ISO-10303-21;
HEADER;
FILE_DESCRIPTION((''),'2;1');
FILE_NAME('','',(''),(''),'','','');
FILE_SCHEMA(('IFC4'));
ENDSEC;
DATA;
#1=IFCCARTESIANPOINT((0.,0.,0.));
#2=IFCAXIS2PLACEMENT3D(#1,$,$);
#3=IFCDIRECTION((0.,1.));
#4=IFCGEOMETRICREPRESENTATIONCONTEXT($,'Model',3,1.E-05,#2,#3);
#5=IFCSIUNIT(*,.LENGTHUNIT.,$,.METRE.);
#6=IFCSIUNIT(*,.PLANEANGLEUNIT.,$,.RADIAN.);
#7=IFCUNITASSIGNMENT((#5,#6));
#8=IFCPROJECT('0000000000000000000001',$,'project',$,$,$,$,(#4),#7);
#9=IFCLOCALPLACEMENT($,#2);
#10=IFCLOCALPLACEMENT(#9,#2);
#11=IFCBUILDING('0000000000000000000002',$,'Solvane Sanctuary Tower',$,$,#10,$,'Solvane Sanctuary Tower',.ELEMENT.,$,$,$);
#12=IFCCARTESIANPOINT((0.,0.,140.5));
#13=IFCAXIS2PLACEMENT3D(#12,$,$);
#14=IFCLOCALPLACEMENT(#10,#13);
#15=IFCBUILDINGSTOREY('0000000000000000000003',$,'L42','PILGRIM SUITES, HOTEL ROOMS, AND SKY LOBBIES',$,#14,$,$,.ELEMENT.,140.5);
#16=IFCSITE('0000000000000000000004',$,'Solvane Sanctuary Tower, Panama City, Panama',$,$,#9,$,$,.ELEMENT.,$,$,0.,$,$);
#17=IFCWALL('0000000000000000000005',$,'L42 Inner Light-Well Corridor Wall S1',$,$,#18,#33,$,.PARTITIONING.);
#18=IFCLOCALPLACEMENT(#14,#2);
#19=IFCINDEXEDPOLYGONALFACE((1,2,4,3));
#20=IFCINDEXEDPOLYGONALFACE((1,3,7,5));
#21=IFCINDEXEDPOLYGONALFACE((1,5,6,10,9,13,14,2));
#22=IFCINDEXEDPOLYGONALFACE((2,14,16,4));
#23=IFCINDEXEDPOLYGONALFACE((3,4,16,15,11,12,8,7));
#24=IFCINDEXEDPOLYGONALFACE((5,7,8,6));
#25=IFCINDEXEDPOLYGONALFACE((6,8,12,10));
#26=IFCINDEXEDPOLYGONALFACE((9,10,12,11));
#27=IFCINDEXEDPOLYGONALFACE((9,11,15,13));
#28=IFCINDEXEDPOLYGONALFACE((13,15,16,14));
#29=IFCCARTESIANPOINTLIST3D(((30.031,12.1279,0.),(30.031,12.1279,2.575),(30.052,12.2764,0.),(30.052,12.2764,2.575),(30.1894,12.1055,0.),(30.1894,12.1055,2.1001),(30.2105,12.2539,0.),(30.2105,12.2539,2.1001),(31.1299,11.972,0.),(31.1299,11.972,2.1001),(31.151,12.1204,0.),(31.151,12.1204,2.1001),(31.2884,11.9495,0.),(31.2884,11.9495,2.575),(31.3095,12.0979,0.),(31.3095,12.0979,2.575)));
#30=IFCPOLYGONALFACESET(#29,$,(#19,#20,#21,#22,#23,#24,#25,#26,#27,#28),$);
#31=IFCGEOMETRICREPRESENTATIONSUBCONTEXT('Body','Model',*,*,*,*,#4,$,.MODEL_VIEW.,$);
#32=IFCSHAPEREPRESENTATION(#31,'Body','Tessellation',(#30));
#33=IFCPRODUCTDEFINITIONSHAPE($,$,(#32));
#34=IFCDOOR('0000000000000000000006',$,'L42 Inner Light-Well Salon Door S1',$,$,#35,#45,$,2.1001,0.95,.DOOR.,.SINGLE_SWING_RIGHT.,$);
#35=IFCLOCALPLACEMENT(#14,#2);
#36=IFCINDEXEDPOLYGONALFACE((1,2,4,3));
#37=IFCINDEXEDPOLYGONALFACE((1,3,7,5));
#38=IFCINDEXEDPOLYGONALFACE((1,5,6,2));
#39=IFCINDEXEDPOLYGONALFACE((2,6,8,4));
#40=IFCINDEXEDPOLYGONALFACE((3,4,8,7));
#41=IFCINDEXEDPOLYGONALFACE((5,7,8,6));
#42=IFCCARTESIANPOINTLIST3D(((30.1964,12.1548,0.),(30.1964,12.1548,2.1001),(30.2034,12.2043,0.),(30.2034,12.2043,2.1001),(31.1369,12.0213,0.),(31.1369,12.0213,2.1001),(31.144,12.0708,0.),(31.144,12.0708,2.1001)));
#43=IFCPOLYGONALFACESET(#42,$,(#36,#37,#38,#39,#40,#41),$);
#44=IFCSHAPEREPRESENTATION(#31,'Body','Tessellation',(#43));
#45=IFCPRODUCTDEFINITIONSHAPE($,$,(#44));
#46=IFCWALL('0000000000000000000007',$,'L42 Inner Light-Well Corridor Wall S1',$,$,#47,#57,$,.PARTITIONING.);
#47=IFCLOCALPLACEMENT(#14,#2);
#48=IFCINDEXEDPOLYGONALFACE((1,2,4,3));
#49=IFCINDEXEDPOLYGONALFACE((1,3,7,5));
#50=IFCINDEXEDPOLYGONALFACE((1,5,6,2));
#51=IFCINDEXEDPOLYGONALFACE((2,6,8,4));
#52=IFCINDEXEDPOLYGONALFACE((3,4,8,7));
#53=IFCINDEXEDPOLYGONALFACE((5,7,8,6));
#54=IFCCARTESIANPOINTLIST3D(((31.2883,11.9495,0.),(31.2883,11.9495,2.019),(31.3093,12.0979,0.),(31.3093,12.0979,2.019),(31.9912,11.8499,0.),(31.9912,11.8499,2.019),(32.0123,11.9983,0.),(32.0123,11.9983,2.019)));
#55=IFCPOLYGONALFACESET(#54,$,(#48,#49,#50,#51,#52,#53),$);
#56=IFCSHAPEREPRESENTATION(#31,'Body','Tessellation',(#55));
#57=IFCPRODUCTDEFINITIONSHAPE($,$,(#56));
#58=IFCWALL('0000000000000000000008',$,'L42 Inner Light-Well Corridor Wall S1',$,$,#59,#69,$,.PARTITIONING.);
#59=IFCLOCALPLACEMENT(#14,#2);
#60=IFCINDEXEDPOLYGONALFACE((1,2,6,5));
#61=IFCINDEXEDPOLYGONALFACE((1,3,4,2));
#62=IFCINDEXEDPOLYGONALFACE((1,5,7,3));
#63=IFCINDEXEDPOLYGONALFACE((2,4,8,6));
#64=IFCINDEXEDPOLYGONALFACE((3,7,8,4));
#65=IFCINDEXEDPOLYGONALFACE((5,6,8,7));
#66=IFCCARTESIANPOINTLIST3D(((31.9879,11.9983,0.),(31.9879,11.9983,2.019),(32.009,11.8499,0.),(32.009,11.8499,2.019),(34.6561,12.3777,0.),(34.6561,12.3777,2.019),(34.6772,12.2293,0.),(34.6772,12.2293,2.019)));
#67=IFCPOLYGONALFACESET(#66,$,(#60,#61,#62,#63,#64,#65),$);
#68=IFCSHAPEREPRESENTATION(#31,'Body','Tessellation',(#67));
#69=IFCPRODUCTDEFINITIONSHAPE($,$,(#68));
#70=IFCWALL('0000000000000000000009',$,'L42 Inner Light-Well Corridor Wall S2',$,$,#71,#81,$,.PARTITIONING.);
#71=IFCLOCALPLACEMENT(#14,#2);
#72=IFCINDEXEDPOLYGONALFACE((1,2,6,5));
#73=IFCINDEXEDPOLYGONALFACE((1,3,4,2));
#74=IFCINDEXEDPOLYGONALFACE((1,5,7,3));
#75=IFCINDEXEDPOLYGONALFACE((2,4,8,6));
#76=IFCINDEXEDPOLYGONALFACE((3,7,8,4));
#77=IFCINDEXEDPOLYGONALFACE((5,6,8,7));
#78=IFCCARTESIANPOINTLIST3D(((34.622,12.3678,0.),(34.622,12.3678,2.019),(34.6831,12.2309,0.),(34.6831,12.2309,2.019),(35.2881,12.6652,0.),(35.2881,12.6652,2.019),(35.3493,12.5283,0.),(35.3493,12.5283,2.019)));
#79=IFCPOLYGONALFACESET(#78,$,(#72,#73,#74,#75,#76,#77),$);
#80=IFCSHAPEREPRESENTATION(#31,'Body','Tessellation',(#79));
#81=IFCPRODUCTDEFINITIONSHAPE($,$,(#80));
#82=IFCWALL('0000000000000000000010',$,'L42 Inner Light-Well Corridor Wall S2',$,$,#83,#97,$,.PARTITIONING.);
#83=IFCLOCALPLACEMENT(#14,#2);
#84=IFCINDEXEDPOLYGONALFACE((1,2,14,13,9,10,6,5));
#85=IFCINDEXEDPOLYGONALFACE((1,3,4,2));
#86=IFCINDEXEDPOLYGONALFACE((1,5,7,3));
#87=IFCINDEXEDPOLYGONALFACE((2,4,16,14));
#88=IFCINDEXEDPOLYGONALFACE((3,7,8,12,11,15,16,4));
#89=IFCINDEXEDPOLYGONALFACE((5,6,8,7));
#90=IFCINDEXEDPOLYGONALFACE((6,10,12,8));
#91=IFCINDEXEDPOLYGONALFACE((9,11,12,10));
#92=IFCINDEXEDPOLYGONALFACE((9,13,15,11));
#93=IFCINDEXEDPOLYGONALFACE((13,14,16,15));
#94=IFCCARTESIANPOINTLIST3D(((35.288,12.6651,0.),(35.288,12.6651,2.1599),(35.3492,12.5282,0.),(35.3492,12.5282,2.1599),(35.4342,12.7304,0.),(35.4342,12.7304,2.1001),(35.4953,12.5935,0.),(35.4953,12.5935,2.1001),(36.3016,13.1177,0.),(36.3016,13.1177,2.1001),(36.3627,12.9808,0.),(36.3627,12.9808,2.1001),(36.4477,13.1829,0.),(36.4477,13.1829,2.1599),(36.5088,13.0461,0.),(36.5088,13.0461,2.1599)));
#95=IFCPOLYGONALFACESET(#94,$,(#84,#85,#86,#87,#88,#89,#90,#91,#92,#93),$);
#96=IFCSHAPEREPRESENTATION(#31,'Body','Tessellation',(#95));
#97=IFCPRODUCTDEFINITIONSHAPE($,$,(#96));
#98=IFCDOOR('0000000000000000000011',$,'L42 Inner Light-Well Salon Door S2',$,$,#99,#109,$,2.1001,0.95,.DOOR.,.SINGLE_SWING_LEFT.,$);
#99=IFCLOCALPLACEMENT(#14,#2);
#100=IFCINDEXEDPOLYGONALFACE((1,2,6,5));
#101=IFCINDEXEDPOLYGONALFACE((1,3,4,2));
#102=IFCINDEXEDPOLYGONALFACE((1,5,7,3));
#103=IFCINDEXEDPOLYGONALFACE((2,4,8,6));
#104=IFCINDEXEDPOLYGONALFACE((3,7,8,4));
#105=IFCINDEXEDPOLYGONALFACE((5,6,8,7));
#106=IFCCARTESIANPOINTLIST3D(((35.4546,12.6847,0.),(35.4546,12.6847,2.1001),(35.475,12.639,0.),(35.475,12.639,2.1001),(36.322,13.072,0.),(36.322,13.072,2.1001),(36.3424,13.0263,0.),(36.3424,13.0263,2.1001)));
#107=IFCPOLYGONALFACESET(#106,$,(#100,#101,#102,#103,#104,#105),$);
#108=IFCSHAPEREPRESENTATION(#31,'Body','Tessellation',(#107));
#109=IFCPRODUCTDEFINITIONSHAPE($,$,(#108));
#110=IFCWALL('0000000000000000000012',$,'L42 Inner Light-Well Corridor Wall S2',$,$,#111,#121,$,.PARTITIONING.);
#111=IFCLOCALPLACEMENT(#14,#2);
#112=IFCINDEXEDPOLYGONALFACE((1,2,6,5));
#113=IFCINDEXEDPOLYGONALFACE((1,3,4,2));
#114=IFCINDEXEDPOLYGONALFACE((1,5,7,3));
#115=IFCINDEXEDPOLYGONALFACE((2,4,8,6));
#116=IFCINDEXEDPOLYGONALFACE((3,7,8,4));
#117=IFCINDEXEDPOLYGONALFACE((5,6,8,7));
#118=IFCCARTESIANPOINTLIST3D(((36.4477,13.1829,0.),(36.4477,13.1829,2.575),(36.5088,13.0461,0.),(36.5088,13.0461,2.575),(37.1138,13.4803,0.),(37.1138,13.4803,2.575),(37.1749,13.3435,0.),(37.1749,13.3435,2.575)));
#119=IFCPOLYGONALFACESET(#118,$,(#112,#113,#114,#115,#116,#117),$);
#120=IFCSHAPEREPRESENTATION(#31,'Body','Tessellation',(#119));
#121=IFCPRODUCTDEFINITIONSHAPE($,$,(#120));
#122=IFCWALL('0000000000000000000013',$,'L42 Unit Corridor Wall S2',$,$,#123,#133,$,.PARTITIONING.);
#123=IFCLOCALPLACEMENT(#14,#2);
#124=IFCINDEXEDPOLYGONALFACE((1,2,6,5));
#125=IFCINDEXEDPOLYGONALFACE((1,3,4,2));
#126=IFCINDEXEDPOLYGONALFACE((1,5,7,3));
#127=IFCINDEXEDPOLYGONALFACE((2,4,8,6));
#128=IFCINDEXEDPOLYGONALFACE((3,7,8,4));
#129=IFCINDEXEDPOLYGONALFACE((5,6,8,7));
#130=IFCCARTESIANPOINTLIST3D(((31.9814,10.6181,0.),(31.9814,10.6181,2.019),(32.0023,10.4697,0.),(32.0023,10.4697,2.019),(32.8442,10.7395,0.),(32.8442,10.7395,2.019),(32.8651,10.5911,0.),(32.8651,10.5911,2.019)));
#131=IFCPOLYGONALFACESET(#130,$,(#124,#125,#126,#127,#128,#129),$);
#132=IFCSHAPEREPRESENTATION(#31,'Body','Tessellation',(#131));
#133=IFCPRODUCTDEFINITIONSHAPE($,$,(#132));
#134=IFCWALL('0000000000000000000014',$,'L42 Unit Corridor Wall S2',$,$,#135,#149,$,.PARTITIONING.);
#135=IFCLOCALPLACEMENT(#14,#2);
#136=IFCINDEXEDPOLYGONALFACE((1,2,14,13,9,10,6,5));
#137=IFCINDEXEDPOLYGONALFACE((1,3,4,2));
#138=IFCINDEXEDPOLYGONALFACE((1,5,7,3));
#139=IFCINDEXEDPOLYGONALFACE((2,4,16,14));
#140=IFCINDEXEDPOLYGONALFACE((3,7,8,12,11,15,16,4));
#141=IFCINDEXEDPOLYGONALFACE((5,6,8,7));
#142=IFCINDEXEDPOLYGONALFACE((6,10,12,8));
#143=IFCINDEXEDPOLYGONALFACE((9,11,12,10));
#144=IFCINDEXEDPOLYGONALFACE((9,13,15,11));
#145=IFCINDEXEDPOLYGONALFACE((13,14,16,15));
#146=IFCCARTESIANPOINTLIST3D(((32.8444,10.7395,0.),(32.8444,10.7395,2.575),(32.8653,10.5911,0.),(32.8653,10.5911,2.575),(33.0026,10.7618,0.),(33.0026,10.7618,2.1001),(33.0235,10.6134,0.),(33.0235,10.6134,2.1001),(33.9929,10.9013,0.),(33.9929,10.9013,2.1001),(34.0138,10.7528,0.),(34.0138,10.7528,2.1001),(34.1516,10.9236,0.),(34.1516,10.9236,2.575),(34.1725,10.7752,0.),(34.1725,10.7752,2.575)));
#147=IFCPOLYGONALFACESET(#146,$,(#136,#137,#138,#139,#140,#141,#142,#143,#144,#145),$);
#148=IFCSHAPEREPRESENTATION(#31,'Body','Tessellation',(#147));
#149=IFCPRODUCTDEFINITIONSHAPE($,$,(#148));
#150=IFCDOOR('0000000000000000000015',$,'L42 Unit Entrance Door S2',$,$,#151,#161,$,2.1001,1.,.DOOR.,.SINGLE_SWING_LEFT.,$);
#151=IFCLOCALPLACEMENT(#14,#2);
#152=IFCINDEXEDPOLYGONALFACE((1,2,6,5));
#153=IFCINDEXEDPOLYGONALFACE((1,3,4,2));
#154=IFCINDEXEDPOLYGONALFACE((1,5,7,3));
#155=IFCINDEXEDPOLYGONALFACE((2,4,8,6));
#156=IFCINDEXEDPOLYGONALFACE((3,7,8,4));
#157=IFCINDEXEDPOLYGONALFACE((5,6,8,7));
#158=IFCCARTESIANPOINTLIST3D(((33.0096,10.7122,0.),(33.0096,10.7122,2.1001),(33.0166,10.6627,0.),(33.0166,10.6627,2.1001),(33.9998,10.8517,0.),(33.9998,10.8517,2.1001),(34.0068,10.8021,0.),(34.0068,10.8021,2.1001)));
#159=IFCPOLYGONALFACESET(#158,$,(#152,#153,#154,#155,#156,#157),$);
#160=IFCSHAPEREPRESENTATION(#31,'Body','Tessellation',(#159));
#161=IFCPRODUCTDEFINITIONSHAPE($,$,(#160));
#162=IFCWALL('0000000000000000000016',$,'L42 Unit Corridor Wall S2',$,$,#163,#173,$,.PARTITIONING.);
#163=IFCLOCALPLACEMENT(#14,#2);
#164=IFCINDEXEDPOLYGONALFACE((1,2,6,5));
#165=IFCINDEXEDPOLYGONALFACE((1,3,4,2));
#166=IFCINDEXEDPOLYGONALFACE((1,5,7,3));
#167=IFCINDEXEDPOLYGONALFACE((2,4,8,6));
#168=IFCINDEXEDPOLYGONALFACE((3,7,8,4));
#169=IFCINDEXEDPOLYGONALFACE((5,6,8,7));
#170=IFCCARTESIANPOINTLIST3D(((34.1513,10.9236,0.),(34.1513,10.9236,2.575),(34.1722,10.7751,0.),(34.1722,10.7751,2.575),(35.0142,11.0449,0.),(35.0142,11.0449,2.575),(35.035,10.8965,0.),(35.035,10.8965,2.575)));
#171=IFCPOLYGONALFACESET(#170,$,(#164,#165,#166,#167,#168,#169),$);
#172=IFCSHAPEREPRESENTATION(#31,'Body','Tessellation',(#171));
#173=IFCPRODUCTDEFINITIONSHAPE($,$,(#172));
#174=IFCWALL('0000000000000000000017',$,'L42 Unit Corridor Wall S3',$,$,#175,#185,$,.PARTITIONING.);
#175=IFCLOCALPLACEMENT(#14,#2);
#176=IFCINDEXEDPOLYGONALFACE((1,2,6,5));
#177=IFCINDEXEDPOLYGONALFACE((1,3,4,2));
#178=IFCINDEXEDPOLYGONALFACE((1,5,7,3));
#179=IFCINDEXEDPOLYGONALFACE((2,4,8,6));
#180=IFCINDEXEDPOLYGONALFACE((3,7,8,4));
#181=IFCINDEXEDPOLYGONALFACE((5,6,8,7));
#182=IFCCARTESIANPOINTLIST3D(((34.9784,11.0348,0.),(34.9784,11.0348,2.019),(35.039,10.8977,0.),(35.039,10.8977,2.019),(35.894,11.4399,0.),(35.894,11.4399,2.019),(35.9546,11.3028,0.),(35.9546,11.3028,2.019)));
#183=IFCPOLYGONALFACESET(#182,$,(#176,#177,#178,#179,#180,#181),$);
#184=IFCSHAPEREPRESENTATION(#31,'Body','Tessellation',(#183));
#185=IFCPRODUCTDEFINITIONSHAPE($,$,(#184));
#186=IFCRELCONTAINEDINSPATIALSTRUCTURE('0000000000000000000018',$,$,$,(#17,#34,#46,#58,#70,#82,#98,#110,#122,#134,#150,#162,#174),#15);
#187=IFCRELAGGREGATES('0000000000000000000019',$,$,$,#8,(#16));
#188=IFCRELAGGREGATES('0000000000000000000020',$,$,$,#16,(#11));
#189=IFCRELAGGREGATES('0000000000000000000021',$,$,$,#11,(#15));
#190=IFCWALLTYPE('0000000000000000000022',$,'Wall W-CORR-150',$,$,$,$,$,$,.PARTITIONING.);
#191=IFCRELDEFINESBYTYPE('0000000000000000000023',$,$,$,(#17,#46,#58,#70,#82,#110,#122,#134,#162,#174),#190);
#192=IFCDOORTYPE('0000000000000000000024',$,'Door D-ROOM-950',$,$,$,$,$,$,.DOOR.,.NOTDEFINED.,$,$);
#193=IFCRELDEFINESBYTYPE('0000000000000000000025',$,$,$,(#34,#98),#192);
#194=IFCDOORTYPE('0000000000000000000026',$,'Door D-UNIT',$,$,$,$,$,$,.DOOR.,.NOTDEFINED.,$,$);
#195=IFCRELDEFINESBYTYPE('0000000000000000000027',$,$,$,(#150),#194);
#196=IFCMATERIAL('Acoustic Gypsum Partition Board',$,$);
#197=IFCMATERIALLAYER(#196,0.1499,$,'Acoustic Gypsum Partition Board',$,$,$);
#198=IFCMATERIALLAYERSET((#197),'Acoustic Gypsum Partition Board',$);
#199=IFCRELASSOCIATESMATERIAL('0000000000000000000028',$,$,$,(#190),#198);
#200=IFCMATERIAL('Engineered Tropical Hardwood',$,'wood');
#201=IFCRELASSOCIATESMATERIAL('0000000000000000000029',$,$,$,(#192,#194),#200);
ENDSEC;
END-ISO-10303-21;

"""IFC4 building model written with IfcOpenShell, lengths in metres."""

from ifc_helpers import new_model, si_unit, direction, frame, frame_2d, origin, place, context, subcontext, project, spatial, rectangle, extrude, material, layer, layer_set, type_object, element, fill, save


model = new_model("IFC4")

# Units and contexts
model_context = context("Model", 3, precision=1e-05, world=origin(), true_north=direction((0.0, 1.0)))
body_context = subcontext(model_context, "Body", "Model", "MODEL_VIEW")
ifc_project = project(units=[si_unit("LENGTHUNIT", "METRE"), si_unit("PLANEANGLEUNIT", "RADIAN")], contexts=[model_context])

# Site, building, storey
site_placement = place(None, origin())
site = spatial("IfcSite", under=ifc_project, at=site_placement, Name="Solvane Sanctuary Tower, Panama City, Panama", CompositionType="ELEMENT", RefElevation=0.0)
building_placement = place(site_placement, origin())
building = spatial("IfcBuilding", under=site, at=building_placement, Name="Solvane Sanctuary Tower", LongName="Solvane Sanctuary Tower", CompositionType="ELEMENT")
storey_placement = place(building_placement, frame((0.0, 0.0, 140.5)))
storey = spatial("IfcBuildingStorey", under=building, at=storey_placement, Name="L42", Description="PILGRIM SUITES, HOTEL ROOMS, AND SKY LOBBIES", CompositionType="ELEMENT", Elevation=140.5)

# Wall, opening, door
ifc_material_1 = material(Name="Acoustic Gypsum Partition Board")
ifc_layer_1 = layer(ifc_material_1, 0.1499, Name="Acoustic Gypsum Partition Board")
ifc_layer_set_1 = layer_set([ifc_layer_1], Name="Acoustic Gypsum Partition Board")
wall_type_1 = type_object("IfcWallType", Name="Wall W-CORR-150", PredefinedType="PARTITIONING", material=ifc_layer_set_1)
wall_1_placement = place(storey_placement, frame((30.0415, 12.2021, 0.0), z_axis=(0.0, 0.0, 1.0), x_axis=(0.990076, -0.140533, 0.0)))
wall_1 = element("IfcWall", 1, at=wall_1_placement, inside=storey, type_object=wall_type_1, Name="L42 Inner Light-Well Corridor Wall S1", PredefinedType="PARTITIONING", context=body_context, shape_type="SweptSolid", body=[
    extrude(rectangle(XDim=1.27, YDim=0.1499, at=frame_2d((0.635, 0.0))), origin(), (0.0, 0.0, 1.0), 2.575),
])
opening_1_placement = place(wall_1_placement, frame((0.1599, 0.0, 0.0)))
opening_1 = element("IfcOpeningElement", 2, at=opening_1_placement, cuts=wall_1, PredefinedType="OPENING", context=body_context, shape_type="SweptSolid", body=[
    extrude(rectangle(XDim=0.95, YDim=2.1001, at=frame_2d((0.4751, 1.05))), frame((0.0, 0.085, 0.0), z_axis=(0.0, -1.0, 0.0), x_axis=(1.0, 0.0, 0.0)), (0.0, 0.0, 1.0), 0.1699),
])
ifc_material_2 = material(Name="Engineered Tropical Hardwood", Category="wood")
door_type_1 = type_object("IfcDoorType", Name="Door D-ROOM-950", OperationType="NOTDEFINED", PredefinedType="DOOR", material=ifc_material_2)
door_1_placement = place(opening_1_placement, origin())
door_1 = element("IfcDoor", 3, at=door_1_placement, inside=storey, type_object=door_type_1, Name="L42 Inner Light-Well Salon Door S1", OperationType="SINGLE_SWING_RIGHT", OverallHeight=2.1001, OverallWidth=0.95, PredefinedType="DOOR", context=body_context, shape_type="SweptSolid", body=[
    extrude(rectangle(XDim=0.95, YDim=2.1001, at=frame_2d((0.4751, 1.05))), frame((0.0, 0.0249, 0.0), z_axis=(0.0, -1.0, 0.0), x_axis=(1.0, 0.0, 0.0)), (0.0, 0.0, 1.0), 0.05),
])
fill(opening_1, door_1)

# Walls
wall_2_placement = place(storey_placement, frame((31.2988, 12.0237, 0.0), z_axis=(0.0, 0.0, 1.0), x_axis=(0.990107, -0.140314, 0.0)))
element("IfcWall", 4, at=wall_2_placement, inside=storey, type_object=wall_type_1, Name="L42 Inner Light-Well Corridor Wall S1", PredefinedType="PARTITIONING", context=body_context, shape_type="SweptSolid", body=[
    extrude(rectangle(XDim=0.71, YDim=0.1499, at=frame_2d((0.355, 0.0))), origin(), (0.0, 0.0, 1.0), 2.019),
])
wall_3_placement = place(storey_placement, frame((31.9983, 11.9241, 0.0), z_axis=(0.0, 0.0, 1.0), x_axis=(0.990042, 0.140775, 0.0)))
element("IfcWall", 5, at=wall_3_placement, inside=storey, type_object=wall_type_1, Name="L42 Inner Light-Well Corridor Wall S1", PredefinedType="PARTITIONING", context=body_context, shape_type="SweptSolid", body=[
    extrude(rectangle(XDim=2.6951, YDim=0.1499, at=frame_2d((1.3477, 0.0))), origin(), (0.0, 0.0, 1.0), 2.019),
])
wall_4_placement = place(storey_placement, frame((34.6526, 12.2993, 0.0), z_axis=(0.0, 0.0, 1.0), x_axis=(0.91312, 0.407691, 0.0)))
element("IfcWall", 6, at=wall_4_placement, inside=storey, type_object=wall_type_1, Name="L42 Inner Light-Well Corridor Wall S2", PredefinedType="PARTITIONING", context=body_context, shape_type="SweptSolid", body=[
    extrude(rectangle(XDim=0.7295, YDim=0.1499, at=frame_2d((0.3647, 0.0))), origin(), (0.0, 0.0, 1.0), 2.019),
])

# Wall, opening, door
wall_5_placement = place(storey_placement, frame((35.3186, 12.5967, 0.0), z_axis=(0.0, 0.0, 1.0), x_axis=(0.913105, 0.407725, 0.0)))
wall_5 = element("IfcWall", 7, at=wall_5_placement, inside=storey, type_object=wall_type_1, Name="L42 Inner Light-Well Corridor Wall S2", PredefinedType="PARTITIONING", context=body_context, shape_type="SweptSolid", body=[
    extrude(rectangle(XDim=1.27, YDim=0.1499, at=frame_2d((0.635, 0.0))), origin(), (0.0, 0.0, 1.0), 2.1599),
])
opening_2_placement = place(wall_5_placement, frame((0.1599, 0.0, 0.0)))
opening_2 = element("IfcOpeningElement", 8, at=opening_2_placement, cuts=wall_5, PredefinedType="OPENING", context=body_context, shape_type="SweptSolid", body=[
    extrude(rectangle(XDim=0.95, YDim=2.1001, at=frame_2d((0.4751, 1.05))), frame((0.0, 0.085, 0.0), z_axis=(0.0, -1.0, 0.0), x_axis=(1.0, 0.0, 0.0)), (0.0, 0.0, 1.0), 0.1699),
])
door_2_placement = place(opening_2_placement, origin())
door_2 = element("IfcDoor", 9, at=door_2_placement, inside=storey, type_object=door_type_1, Name="L42 Inner Light-Well Salon Door S2", OperationType="SINGLE_SWING_LEFT", OverallHeight=2.1001, OverallWidth=0.95, PredefinedType="DOOR", context=body_context, shape_type="SweptSolid", body=[
    extrude(rectangle(XDim=0.95, YDim=2.1001, at=frame_2d((0.4751, 1.05))), frame((0.0, 0.0249, 0.0), z_axis=(0.0, -1.0, 0.0), x_axis=(1.0, 0.0, 0.0)), (0.0, 0.0, 1.0), 0.05),
])
fill(opening_2, door_2)

# Walls
wall_6_placement = place(storey_placement, frame((36.4783, 13.1145, 0.0), z_axis=(0.0, 0.0, 1.0), x_axis=(0.91312, 0.407691, 0.0)))
element("IfcWall", 10, at=wall_6_placement, inside=storey, type_object=wall_type_1, Name="L42 Inner Light-Well Corridor Wall S2", PredefinedType="PARTITIONING", context=body_context, shape_type="SweptSolid", body=[
    extrude(rectangle(XDim=0.7295, YDim=0.1499, at=frame_2d((0.3647, 0.0))), origin(), (0.0, 0.0, 1.0), 2.575),
])
wall_7_placement = place(storey_placement, frame((31.9919, 10.5439, 0.0), z_axis=(0.0, 0.0, 1.0), x_axis=(0.990255, 0.139263, 0.0)))
element("IfcWall", 11, at=wall_7_placement, inside=storey, type_object=wall_type_1, Name="L42 Unit Corridor Wall S2", PredefinedType="PARTITIONING", context=body_context, shape_type="SweptSolid", body=[
    extrude(rectangle(XDim=0.8713, YDim=0.1499, at=frame_2d((0.4355, 0.0))), origin(), (0.0, 0.0, 1.0), 2.019),
])

# Wall, opening, door
wall_8_placement = place(storey_placement, frame((32.8547, 10.6653, 0.0), z_axis=(0.0, 0.0, 1.0), x_axis=(0.990229, 0.139453, 0.0)))
wall_8 = element("IfcWall", 12, at=wall_8_placement, inside=storey, type_object=wall_type_1, Name="L42 Unit Corridor Wall S2", PredefinedType="PARTITIONING", context=body_context, shape_type="SweptSolid", body=[
    extrude(rectangle(XDim=1.3201, YDim=0.1499, at=frame_2d((0.6602, 0.0))), origin(), (0.0, 0.0, 1.0), 2.575),
])
opening_3_placement = place(wall_8_placement, frame((0.1599, 0.0, 0.0)))
opening_3 = element("IfcOpeningElement", 13, at=opening_3_placement, cuts=wall_8, PredefinedType="OPENING", context=body_context, shape_type="SweptSolid", body=[
    extrude(rectangle(XDim=1.0, YDim=2.1001, at=frame_2d((0.5, 1.05))), frame((0.0, 0.085, 0.0), z_axis=(0.0, -1.0, 0.0), x_axis=(1.0, 0.0, 0.0)), (0.0, 0.0, 1.0), 0.1699),
])
door_type_2 = type_object("IfcDoorType", Name="Door D-UNIT", OperationType="NOTDEFINED", PredefinedType="DOOR", material=ifc_material_2)
door_3_placement = place(opening_3_placement, origin())
door_3 = element("IfcDoor", 14, at=door_3_placement, inside=storey, type_object=door_type_2, Name="L42 Unit Entrance Door S2", OperationType="SINGLE_SWING_LEFT", OverallHeight=2.1001, OverallWidth=1.0, PredefinedType="DOOR", context=body_context, shape_type="SweptSolid", body=[
    extrude(rectangle(XDim=1.0, YDim=2.1001, at=frame_2d((0.5, 1.05))), frame((0.0, 0.0249, 0.0), z_axis=(0.0, -1.0, 0.0), x_axis=(1.0, 0.0, 0.0)), (0.0, 0.0, 1.0), 0.05),
])
fill(opening_3, door_3)

# Walls
wall_9_placement = place(storey_placement, frame((34.1619, 10.8494, 0.0), z_axis=(0.0, 0.0, 1.0), x_axis=(0.990255, 0.139263, 0.0)))
element("IfcWall", 15, at=wall_9_placement, inside=storey, type_object=wall_type_1, Name="L42 Unit Corridor Wall S2", PredefinedType="PARTITIONING", context=body_context, shape_type="SweptSolid", body=[
    extrude(rectangle(XDim=0.8713, YDim=0.1499, at=frame_2d((0.4355, 0.0))), origin(), (0.0, 0.0, 1.0), 2.575),
])
wall_10_placement = place(storey_placement, frame((35.0088, 10.9663, 0.0), z_axis=(0.0, 0.0, 1.0), x_axis=(0.914504, 0.404577, 0.0)))
element("IfcWall", 16, at=wall_10_placement, inside=storey, type_object=wall_type_1, Name="L42 Unit Corridor Wall S3", PredefinedType="PARTITIONING", context=body_context, shape_type="SweptSolid", body=[
    extrude(rectangle(XDim=1.0012, YDim=0.1499, at=frame_2d((0.5005, 0.0))), origin(), (0.0, 0.0, 1.0), 2.019),
])

save(model, "model.ifc")
